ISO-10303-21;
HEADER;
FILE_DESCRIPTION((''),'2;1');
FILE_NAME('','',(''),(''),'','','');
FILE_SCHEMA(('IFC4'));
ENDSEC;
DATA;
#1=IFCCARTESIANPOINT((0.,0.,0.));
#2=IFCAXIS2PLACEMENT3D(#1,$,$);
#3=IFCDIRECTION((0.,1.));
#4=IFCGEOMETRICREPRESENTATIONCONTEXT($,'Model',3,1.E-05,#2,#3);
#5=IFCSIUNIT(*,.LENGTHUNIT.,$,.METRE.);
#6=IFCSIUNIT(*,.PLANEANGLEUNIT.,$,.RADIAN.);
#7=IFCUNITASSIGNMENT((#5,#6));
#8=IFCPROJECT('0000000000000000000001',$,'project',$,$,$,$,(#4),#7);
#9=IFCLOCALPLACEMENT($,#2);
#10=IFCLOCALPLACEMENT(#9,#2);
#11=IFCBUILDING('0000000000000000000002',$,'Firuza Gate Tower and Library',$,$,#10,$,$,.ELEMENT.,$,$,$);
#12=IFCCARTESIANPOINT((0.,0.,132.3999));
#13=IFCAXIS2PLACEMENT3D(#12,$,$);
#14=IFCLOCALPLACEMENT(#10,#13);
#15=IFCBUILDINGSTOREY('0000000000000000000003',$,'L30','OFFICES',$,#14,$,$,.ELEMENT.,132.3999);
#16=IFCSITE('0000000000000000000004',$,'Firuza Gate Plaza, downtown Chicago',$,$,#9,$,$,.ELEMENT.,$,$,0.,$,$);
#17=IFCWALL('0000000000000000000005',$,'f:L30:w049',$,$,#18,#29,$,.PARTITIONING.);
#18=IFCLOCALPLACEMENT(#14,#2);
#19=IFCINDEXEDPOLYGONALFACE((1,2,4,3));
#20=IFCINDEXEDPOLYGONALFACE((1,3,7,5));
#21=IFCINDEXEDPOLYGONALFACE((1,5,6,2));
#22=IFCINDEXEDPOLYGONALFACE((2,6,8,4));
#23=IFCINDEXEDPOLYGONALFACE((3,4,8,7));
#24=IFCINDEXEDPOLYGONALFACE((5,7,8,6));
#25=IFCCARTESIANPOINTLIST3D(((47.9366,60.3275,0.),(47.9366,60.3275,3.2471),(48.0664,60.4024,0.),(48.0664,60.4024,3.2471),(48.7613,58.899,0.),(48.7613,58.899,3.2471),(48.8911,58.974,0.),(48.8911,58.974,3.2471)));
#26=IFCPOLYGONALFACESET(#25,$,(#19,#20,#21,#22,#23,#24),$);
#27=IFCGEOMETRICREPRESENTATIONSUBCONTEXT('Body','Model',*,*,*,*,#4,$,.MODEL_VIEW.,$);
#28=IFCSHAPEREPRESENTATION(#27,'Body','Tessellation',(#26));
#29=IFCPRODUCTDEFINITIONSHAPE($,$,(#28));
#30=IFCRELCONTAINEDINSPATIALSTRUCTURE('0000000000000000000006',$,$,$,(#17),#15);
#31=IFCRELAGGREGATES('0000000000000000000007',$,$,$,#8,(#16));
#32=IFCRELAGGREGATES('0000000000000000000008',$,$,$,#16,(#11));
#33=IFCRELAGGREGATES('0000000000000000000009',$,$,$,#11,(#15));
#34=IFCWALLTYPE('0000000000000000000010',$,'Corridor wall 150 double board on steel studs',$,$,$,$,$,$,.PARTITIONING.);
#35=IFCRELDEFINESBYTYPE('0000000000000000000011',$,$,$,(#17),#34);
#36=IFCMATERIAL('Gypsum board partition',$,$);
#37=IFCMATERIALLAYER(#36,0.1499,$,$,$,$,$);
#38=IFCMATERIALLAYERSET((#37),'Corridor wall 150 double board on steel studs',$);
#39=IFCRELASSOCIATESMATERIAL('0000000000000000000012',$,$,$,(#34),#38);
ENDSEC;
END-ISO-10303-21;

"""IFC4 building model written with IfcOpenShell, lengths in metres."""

from ifc_helpers import new_model, si_unit, direction, frame, frame_2d, origin, place, context, subcontext, project, spatial, rectangle, extrude, material, layer, layer_set, type_object, element, save


model = new_model("IFC4")

# Units and contexts
model_context = context("Model", 3, precision=1e-05, world=origin(), true_north=direction((0.0, 1.0)))
body_context = subcontext(model_context, "Body", "Model", "MODEL_VIEW")
ifc_project = project(units=[si_unit("LENGTHUNIT", "METRE"), si_unit("PLANEANGLEUNIT", "RADIAN")], contexts=[model_context])

# Site, building, storey
site_placement = place(None, origin())
site = spatial("IfcSite", under=ifc_project, at=site_placement, Name="Firuza Gate Plaza, downtown Chicago", CompositionType="ELEMENT", RefElevation=0.0)
building_placement = place(site_placement, origin())
building = spatial("IfcBuilding", under=site, at=building_placement, Name="Firuza Gate Tower and Library", CompositionType="ELEMENT")
storey_placement = place(building_placement, frame((0.0, 0.0, 132.3999)))
storey = spatial("IfcBuildingStorey", under=building, at=storey_placement, Name="L30", Description="OFFICES", CompositionType="ELEMENT", Elevation=132.3999)

# Wall
ifc_material_1 = material(Name="Gypsum board partition")
ifc_layer_1 = layer(ifc_material_1, 0.1499)
ifc_layer_set_1 = layer_set([ifc_layer_1], Name="Corridor wall 150 double board on steel studs")
wall_type = type_object("IfcWallType", Name="Corridor wall 150 double board on steel studs", PredefinedType="PARTITIONING", material=ifc_layer_set_1)
wall_1_placement = place(storey_placement, frame((48.8262, 58.9365, 0.0), z_axis=(0.0, 0.0, 1.0), x_axis=(-0.499992, 0.86603, 0.0)))
element("IfcWall", 1, at=wall_1_placement, inside=storey, type_object=wall_type, Name="f:L30:w049", PredefinedType="PARTITIONING", context=body_context, shape_type="SweptSolid", body=[
    extrude(rectangle(XDim=1.6494, YDim=0.1499, at=frame_2d((0.8247, 0.0))), origin(), (0.0, 0.0, 1.0), 3.2471),
])

save(model, "model.ifc")
